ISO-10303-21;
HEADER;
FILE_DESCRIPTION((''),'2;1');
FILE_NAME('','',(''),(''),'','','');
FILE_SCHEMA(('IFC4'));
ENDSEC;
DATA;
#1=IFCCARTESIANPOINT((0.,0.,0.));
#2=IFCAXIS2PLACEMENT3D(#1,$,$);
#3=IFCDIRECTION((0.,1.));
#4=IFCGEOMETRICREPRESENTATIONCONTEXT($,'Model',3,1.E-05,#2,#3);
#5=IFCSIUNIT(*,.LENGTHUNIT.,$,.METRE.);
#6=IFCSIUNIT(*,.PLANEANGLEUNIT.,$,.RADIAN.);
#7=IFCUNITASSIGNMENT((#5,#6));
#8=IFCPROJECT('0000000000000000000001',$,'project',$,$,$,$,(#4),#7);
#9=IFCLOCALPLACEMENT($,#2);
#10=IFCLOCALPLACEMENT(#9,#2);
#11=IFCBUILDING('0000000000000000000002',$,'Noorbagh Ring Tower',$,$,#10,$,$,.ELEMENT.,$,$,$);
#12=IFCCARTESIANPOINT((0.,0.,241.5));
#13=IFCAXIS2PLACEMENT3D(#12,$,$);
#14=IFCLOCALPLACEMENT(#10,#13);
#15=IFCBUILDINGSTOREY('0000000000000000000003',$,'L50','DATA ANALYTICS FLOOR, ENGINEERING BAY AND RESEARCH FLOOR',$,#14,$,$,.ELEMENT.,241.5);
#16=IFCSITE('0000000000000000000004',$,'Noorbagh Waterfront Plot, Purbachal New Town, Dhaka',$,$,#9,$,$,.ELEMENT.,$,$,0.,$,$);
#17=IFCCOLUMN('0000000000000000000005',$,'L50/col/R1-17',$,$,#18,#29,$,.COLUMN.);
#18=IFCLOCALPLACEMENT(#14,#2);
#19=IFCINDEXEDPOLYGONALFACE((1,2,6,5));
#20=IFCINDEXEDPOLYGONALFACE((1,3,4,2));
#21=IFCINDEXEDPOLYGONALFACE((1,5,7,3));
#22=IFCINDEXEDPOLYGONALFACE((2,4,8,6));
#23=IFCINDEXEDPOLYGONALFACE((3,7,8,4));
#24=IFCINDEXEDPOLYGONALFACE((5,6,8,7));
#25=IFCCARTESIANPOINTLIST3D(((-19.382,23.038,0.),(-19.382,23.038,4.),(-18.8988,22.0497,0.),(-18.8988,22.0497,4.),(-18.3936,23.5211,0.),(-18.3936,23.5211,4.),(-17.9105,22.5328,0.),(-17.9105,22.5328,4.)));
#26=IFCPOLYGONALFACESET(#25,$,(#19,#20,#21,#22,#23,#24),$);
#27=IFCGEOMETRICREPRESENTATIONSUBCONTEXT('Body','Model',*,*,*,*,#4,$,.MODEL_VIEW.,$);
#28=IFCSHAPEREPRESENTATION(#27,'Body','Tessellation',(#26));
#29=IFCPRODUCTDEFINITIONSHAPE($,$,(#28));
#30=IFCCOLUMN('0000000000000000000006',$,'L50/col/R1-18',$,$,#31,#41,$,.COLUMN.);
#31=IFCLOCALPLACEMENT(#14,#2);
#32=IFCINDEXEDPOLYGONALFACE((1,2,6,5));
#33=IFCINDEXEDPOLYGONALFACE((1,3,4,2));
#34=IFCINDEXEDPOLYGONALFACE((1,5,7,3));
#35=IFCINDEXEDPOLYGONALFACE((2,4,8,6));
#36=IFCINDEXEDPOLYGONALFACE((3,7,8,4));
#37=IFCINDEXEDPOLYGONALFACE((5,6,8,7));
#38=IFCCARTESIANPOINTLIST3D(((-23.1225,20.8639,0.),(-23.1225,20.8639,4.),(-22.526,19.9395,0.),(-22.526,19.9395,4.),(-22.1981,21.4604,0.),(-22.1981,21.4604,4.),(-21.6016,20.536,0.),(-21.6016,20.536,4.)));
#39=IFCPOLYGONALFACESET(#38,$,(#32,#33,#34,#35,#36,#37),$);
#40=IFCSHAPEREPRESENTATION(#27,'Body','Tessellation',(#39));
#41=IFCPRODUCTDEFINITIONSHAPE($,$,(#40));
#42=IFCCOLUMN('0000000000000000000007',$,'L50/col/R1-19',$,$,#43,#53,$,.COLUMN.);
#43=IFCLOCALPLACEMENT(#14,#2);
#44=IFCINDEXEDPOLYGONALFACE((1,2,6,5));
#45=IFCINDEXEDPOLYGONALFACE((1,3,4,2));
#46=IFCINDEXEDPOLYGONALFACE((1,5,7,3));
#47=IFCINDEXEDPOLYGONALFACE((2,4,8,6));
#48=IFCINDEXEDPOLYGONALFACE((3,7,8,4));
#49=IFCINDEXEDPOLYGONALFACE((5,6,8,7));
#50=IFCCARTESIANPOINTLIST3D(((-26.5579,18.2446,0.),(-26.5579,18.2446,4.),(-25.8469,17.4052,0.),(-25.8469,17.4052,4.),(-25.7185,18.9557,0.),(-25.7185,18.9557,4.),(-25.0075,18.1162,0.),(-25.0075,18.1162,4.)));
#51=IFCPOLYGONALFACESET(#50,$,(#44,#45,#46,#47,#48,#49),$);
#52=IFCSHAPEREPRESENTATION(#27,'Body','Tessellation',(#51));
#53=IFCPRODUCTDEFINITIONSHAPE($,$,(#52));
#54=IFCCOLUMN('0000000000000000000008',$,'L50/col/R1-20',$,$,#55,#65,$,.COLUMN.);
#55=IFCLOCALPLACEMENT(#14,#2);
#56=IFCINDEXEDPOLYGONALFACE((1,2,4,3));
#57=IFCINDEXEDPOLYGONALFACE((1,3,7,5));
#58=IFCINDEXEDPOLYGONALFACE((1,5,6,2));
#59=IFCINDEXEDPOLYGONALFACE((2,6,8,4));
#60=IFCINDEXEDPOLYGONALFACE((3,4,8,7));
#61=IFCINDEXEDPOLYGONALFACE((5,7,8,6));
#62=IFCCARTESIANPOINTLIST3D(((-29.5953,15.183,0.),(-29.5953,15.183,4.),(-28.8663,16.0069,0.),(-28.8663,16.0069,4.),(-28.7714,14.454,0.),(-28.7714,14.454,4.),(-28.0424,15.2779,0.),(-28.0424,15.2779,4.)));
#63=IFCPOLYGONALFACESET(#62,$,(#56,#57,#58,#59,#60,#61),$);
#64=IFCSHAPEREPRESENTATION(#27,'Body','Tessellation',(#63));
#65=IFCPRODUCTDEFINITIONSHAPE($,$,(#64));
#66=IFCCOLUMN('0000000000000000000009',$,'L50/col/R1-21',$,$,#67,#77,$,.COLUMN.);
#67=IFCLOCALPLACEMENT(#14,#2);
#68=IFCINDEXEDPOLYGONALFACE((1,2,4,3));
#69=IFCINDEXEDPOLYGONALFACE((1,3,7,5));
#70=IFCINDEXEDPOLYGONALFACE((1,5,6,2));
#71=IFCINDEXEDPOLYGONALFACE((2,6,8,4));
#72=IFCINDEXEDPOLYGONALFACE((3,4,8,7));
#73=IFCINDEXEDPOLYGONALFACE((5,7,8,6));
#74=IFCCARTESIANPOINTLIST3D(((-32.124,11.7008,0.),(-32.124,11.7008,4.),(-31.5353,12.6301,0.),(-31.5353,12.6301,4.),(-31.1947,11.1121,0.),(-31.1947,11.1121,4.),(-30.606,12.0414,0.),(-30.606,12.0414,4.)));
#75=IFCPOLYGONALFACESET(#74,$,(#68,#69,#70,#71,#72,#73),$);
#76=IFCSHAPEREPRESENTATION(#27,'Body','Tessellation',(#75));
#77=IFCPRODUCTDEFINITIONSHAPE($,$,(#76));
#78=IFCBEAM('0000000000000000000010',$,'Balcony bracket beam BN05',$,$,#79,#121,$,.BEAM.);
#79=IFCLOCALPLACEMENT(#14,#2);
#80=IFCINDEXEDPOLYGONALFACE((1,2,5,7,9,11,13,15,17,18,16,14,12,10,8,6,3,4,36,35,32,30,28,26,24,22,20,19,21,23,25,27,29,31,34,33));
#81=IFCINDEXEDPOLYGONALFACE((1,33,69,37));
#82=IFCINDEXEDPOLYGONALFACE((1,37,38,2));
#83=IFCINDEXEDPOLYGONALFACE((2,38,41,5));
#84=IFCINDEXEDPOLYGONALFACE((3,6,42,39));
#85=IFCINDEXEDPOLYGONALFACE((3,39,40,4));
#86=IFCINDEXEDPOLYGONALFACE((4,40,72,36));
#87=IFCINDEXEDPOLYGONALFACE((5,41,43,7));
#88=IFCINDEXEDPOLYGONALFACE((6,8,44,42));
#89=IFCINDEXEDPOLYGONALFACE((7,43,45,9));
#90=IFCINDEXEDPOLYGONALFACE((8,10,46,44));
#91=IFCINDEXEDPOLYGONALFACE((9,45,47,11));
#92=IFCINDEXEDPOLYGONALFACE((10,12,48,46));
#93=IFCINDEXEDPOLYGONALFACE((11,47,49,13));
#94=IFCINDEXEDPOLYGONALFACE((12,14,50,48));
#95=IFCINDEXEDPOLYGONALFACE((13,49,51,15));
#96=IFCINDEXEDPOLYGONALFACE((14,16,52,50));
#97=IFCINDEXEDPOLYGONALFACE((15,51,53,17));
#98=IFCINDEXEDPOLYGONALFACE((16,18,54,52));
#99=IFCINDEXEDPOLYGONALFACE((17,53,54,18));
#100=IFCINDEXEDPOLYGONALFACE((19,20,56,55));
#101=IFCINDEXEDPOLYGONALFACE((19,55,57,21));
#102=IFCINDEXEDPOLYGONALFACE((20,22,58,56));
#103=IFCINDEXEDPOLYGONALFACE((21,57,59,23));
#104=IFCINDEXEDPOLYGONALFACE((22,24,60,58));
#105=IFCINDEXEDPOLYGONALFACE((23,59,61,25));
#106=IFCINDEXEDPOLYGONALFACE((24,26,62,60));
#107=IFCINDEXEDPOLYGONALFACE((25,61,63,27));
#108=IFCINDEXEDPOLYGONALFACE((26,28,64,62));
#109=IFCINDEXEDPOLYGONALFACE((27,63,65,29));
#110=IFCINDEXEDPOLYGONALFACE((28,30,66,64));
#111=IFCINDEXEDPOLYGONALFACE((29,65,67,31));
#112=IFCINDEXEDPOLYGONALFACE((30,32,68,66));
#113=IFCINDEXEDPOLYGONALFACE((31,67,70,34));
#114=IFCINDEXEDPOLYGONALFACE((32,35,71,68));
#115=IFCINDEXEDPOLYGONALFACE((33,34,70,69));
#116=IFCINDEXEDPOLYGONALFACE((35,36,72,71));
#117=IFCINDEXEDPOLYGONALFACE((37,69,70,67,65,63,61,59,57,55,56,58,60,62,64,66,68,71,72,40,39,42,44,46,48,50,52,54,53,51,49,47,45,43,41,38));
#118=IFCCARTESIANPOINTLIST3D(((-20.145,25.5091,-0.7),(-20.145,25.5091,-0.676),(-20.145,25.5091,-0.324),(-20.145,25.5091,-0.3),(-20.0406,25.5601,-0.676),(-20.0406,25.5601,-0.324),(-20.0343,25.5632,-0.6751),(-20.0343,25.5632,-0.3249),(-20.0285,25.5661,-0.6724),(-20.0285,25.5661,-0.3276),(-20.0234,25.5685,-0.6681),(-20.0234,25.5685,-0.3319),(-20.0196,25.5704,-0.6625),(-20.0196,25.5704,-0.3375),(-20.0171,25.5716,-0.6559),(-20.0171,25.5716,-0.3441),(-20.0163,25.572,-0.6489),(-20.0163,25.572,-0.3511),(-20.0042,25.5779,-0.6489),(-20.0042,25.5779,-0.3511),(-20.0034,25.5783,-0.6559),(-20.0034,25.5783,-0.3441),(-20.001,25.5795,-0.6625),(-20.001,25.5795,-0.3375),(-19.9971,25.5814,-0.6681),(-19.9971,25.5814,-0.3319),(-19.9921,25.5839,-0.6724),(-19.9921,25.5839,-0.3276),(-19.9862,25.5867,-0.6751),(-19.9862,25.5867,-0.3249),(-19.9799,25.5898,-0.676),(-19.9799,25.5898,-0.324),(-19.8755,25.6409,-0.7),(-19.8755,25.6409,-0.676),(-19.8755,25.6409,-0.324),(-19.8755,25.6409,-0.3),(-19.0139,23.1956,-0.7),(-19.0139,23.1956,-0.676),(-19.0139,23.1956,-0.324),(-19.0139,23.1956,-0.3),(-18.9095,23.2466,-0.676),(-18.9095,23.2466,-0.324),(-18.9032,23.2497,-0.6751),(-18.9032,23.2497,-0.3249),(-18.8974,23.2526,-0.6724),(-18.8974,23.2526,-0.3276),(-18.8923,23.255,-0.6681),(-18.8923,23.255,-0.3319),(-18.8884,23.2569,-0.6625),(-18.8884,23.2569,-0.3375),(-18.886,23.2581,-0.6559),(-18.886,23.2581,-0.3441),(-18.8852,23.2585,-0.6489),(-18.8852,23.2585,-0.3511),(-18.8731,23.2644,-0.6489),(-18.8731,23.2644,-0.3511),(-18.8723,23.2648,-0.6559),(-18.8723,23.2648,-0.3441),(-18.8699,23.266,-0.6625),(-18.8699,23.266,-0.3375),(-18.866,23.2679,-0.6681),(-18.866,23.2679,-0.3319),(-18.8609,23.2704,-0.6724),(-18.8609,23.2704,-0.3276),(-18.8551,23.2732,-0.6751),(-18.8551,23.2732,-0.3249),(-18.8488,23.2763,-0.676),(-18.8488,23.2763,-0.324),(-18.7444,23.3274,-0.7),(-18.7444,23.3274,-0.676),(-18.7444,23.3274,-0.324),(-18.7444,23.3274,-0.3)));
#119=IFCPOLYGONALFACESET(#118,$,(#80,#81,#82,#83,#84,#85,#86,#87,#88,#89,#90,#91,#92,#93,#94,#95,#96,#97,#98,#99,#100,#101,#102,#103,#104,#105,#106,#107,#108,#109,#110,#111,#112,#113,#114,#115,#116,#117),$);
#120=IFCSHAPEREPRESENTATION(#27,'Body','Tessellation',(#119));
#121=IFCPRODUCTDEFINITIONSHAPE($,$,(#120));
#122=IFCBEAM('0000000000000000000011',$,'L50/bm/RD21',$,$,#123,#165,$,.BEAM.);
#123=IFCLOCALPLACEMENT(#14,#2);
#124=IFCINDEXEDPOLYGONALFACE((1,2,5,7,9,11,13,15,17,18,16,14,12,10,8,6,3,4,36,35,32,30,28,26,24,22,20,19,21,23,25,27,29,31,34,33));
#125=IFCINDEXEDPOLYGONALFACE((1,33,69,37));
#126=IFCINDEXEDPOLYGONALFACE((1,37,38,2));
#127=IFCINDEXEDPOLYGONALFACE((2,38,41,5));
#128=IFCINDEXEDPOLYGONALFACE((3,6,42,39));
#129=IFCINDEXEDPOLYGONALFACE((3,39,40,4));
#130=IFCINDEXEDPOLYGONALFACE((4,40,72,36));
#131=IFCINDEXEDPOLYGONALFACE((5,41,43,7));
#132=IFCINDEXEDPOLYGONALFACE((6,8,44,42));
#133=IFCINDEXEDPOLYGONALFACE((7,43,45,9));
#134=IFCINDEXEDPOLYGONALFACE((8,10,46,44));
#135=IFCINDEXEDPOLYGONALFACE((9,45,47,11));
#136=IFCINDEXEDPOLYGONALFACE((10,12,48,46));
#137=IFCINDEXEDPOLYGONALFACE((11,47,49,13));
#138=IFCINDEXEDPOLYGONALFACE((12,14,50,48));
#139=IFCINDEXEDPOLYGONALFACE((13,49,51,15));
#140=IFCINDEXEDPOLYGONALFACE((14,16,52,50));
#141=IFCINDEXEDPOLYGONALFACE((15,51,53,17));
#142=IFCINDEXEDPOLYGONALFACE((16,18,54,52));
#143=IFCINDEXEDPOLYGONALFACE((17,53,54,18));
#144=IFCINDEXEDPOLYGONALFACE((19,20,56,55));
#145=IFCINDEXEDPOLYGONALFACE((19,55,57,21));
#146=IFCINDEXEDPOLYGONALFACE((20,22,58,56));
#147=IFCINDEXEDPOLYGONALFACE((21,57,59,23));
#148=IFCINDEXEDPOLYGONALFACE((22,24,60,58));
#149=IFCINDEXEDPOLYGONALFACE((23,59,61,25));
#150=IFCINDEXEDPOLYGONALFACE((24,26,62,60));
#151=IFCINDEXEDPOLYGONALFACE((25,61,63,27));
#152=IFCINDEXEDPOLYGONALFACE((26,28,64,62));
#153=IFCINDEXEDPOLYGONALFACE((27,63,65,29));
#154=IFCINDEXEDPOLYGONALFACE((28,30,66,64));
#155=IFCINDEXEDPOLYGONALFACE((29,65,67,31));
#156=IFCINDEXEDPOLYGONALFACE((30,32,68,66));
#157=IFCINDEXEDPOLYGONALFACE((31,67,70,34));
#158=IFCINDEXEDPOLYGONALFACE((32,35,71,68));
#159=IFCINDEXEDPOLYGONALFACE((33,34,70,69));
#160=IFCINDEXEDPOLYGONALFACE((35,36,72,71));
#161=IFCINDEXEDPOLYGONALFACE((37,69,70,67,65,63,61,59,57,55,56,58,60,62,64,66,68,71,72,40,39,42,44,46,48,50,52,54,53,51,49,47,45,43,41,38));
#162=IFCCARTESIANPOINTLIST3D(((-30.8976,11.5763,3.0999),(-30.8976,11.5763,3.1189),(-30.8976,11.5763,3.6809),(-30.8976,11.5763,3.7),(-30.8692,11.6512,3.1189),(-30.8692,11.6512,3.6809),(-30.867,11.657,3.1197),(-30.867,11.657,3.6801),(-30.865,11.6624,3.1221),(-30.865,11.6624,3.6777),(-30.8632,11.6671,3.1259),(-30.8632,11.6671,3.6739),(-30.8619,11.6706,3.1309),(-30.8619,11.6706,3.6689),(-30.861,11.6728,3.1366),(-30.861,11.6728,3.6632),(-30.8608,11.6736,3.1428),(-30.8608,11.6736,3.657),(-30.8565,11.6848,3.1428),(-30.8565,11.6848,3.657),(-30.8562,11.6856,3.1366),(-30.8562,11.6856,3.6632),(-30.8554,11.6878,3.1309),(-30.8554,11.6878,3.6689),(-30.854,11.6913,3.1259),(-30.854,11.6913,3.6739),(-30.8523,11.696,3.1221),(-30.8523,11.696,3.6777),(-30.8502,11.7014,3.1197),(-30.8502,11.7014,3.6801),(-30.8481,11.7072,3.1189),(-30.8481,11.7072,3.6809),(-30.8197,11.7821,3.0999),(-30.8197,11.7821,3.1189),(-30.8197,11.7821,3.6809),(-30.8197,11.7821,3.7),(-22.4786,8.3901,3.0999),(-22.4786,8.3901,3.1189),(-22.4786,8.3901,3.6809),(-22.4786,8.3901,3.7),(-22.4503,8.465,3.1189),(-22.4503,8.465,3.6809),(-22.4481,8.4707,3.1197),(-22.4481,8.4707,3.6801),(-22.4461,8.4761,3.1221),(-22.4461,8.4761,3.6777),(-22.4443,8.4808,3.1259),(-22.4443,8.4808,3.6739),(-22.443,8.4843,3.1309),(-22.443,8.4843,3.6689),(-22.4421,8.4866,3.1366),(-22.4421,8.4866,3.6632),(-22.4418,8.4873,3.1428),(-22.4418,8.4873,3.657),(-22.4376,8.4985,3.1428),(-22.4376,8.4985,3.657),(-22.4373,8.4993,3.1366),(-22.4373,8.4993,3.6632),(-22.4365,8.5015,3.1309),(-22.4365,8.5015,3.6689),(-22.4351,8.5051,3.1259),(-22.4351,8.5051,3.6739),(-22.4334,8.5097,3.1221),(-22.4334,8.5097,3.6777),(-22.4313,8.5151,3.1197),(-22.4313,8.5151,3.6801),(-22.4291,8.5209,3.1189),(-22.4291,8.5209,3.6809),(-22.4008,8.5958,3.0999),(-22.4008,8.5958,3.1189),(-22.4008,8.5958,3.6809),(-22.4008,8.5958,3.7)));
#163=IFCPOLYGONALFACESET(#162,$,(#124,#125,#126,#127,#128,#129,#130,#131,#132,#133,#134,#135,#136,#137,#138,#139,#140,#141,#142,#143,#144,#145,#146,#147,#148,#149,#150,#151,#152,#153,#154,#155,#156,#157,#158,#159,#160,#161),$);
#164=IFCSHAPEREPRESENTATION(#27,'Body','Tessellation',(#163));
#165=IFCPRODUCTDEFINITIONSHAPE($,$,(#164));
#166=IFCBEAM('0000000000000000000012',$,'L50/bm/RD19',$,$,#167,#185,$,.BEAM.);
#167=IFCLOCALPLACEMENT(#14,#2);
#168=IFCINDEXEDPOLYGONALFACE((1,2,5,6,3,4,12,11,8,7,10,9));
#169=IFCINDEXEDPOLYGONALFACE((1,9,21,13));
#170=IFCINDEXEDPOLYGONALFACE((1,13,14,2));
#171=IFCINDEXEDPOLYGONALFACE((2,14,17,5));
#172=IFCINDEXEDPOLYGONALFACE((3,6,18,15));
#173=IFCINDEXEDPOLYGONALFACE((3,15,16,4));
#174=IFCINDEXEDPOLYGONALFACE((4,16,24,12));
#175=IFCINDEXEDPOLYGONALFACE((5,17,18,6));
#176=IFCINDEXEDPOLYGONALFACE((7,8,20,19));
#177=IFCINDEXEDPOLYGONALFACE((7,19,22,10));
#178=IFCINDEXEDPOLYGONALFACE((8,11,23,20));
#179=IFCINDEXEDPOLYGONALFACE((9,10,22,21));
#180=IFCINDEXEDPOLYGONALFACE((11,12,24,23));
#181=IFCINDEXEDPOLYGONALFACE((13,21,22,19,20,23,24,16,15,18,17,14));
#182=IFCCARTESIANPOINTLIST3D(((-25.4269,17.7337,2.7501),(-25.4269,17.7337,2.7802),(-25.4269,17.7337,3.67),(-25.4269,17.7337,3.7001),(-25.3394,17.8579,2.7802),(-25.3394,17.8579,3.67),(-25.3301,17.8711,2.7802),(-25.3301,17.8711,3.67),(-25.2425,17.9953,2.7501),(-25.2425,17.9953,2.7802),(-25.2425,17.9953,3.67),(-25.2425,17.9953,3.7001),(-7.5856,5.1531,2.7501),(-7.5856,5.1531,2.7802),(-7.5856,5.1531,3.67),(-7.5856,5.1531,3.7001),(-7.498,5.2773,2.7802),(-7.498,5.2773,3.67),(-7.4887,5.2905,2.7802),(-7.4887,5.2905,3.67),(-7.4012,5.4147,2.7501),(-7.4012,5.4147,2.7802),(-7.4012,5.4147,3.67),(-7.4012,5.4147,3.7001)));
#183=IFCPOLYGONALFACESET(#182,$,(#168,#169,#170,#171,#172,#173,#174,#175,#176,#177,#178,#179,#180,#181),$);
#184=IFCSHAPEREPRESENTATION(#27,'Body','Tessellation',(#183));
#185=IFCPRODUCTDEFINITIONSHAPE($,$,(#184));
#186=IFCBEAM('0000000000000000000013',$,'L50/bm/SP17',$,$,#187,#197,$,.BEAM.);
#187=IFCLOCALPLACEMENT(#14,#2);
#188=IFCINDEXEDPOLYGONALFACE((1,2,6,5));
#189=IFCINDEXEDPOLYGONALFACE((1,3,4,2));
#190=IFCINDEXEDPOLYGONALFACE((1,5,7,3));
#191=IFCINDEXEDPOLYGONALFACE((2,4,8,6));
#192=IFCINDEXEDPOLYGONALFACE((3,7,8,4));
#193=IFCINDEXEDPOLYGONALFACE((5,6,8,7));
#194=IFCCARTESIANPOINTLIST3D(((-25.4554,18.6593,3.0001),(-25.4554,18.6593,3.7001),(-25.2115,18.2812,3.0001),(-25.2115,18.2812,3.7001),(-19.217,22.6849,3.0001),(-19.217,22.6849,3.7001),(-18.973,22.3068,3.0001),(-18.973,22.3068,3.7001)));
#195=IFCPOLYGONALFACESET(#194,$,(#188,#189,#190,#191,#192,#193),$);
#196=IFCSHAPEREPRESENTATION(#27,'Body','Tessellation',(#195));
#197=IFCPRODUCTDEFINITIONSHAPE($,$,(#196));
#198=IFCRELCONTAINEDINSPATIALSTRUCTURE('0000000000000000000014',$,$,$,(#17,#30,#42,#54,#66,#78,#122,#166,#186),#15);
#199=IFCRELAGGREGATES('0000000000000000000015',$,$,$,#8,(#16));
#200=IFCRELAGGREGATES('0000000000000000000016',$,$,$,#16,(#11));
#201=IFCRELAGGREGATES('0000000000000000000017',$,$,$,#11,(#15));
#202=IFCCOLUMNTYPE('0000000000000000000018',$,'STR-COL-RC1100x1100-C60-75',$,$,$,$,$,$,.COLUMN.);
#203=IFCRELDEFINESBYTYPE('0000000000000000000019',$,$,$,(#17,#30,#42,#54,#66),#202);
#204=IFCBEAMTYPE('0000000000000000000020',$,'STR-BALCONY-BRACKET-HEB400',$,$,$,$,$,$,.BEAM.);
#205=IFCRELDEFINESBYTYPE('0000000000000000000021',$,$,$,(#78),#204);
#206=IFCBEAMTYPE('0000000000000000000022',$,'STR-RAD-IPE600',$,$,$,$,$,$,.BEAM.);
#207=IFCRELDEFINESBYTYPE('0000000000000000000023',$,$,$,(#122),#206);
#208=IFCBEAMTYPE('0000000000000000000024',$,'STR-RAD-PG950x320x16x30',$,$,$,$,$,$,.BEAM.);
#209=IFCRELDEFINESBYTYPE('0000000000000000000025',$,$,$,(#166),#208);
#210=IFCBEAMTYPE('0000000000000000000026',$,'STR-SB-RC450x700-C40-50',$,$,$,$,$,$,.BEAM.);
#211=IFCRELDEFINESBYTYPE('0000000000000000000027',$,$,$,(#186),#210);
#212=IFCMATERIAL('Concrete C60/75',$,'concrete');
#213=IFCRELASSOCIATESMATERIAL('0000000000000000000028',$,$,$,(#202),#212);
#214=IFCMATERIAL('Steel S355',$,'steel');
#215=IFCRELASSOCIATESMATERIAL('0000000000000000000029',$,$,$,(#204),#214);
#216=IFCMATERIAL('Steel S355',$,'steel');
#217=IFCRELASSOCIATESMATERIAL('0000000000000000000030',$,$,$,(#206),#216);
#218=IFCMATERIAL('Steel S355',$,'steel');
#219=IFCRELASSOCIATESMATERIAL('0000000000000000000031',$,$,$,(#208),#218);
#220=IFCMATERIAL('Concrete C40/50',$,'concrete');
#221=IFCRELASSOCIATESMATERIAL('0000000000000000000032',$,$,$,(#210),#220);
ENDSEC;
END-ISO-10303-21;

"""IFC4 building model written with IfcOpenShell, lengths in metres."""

from ifc_helpers import new_model, si_unit, direction, frame, origin, origin_2d, place, context, subcontext, project, spatial, rectangle, i_section, extrude, material, material_profile, profile_set, type_object, element, save


model = new_model("IFC4")

# Units and contexts
model_context = context("Model", 3, precision=1e-05, world=origin(), true_north=direction((0.0, 1.0)))
body_context = subcontext(model_context, "Body", "Model", "MODEL_VIEW")
ifc_project = project(units=[si_unit("LENGTHUNIT", "METRE"), si_unit("PLANEANGLEUNIT", "RADIAN")], contexts=[model_context])

# Site, building, storey
site_placement = place(None, origin())
site = spatial("IfcSite", under=ifc_project, at=site_placement, Name="Noorbagh Waterfront Plot, Purbachal New Town, Dhaka", CompositionType="ELEMENT", RefElevation=0.0)
building_placement = place(site_placement, origin())
building = spatial("IfcBuilding", under=site, at=building_placement, Name="Noorbagh Ring Tower", CompositionType="ELEMENT")
storey_placement = place(building_placement, frame((0.0, 0.0, 241.5)))
storey = spatial("IfcBuildingStorey", under=building, at=storey_placement, Name="L50", Description="DATA ANALYTICS FLOOR, ENGINEERING BAY AND RESEARCH FLOOR", CompositionType="ELEMENT", Elevation=241.5)

# Columns
ifc_material_1 = material(Name="Concrete C60/75", Category="concrete")
ifc_material_profile_1 = material_profile(ifc_material_1, rectangle(XDim=1.1001, YDim=1.1001, at=origin_2d()), Name="RC1100x1100")
ifc_profile_set_1 = profile_set([ifc_material_profile_1], Name="Concrete C60/75")
column_type = type_object("IfcColumnType", Name="STR-COL-RC1100x1100-C60-75", PredefinedType="COLUMN", material=ifc_profile_set_1)
for number, where, z_axis, x_axis, name in (
    (1, (-18.6462, 22.7854, 0.0), (0.0, 0.0, 1.0), (-0.898399, -0.43918, 0.0), "L50/col/R1-17"),
    (2, (-22.3621, 20.7, 0.0), (0.0, 0.0, 1.0), (-0.840248, -0.542203, 0.0), "L50/col/R1-18"),
    (3, (-25.7827, 18.1804, 0.0), (0.0, 0.0, 1.0), (-0.763035, -0.646357, 0.0), "L50/col/R1-19"),
    (4, (-28.8188, 15.2305, 0.0), (0.0, 0.0, 1.0), (-0.662636, -0.748942, 0.0), "L50/col/R1-20"),
    (5, (-31.365, 11.8711, 0.0), (0.0, 0.0, 1.0), (-0.53519, -0.844731, 0.0), "L50/col/R1-21"),
):
    element("IfcColumn", number, at=place(storey_placement, frame(where, z_axis=z_axis, x_axis=x_axis)), inside=storey, type_object=column_type, Name=name, PredefinedType="COLUMN", context=body_context, shape_type="SweptSolid", body=[
        extrude(rectangle(XDim=1.1001, YDim=1.1001, at=origin_2d()), origin(), (0.0, 0.0, 1.0), 4.0),
    ])

# Beams
ifc_material_2 = material(Name="Steel S355", Category="steel")
ifc_material_profile_2 = material_profile(ifc_material_2, i_section(OverallWidth=0.3, OverallDepth=0.3999, WebThickness=0.0134, FlangeThickness=0.0239, FilletRadius=0.0271, at=origin_2d()), Name="HEB400")
ifc_profile_set_2 = profile_set([ifc_material_profile_2], Name="Steel S355")
beam_type_1 = type_object("IfcBeamType", Name="STR-BALCONY-BRACKET-HEB400", PredefinedType="BEAM", material=ifc_profile_set_2)
beam_1_placement = place(storey_placement, frame((-18.8792, 23.2615, -0.5), z_axis=(-0.439232, 0.898374, 0.0), x_axis=(-0.898374, -0.439232, 0.0)))
element("IfcBeam", 6, at=beam_1_placement, inside=storey, type_object=beam_type_1, Name="Balcony bracket beam BN05", PredefinedType="BEAM", context=body_context, shape_type="SweptSolid", body=[
    extrude(i_section(OverallWidth=0.3, OverallDepth=0.3999, WebThickness=0.0134, FlangeThickness=0.0239, FilletRadius=0.0271, at=origin_2d()), origin(), (0.0, 0.0, 1.0), 2.5752),
])
ifc_material_3 = material(Name="Steel S355", Category="steel")
ifc_material_profile_3 = material_profile(ifc_material_3, i_section(OverallWidth=0.22, OverallDepth=0.6001, WebThickness=0.012, FlangeThickness=0.019, FilletRadius=0.0239, at=origin_2d()), Name="IPE600")
ifc_profile_set_3 = profile_set([ifc_material_profile_3], Name="Steel S355")
beam_type_2 = type_object("IfcBeamType", Name="STR-RAD-IPE600", PredefinedType="BEAM", material=ifc_profile_set_3)
beam_2_placement = place(storey_placement, frame((-30.8586, 11.6792, 3.3999), z_axis=(0.935259, -0.353963, 0.0), x_axis=(0.353963, 0.935259, 0.0)))
element("IfcBeam", 7, at=beam_2_placement, inside=storey, type_object=beam_type_2, Name="L50/bm/RD21", PredefinedType="BEAM", context=body_context, shape_type="SweptSolid", body=[
    extrude(i_section(OverallWidth=0.22, OverallDepth=0.6001, WebThickness=0.012, FlangeThickness=0.019, FilletRadius=0.0239, at=origin_2d()), origin(), (0.0, 0.0, 1.0), 9.0017),
])
ifc_material_4 = material(Name="Steel S355", Category="steel")
ifc_material_profile_4 = material_profile(ifc_material_4, i_section(OverallWidth=0.3201, OverallDepth=0.95, WebThickness=0.0161, FlangeThickness=0.03, at=origin_2d()), Name="PG950x320x16x30")
ifc_profile_set_4 = profile_set([ifc_material_profile_4], Name="Steel S355")
beam_type_3 = type_object("IfcBeamType", Name="STR-RAD-PG950x320x16x30", PredefinedType="BEAM", material=ifc_profile_set_4)
beam_3_placement = place(storey_placement, frame((-25.3347, 17.8645, 3.2251), z_axis=(0.817255, -0.576277, 0.0), x_axis=(0.576277, 0.817255, 0.0)))
element("IfcBeam", 8, at=beam_3_placement, inside=storey, type_object=beam_type_3, Name="L50/bm/RD19", PredefinedType="BEAM", context=body_context, shape_type="SweptSolid", body=[
    extrude(i_section(OverallWidth=0.3201, OverallDepth=0.95, WebThickness=0.0161, FlangeThickness=0.03, at=origin_2d()), origin(), (0.0, 0.0, 1.0), 21.8308),
])
ifc_material_5 = material(Name="Concrete C40/50", Category="concrete")
ifc_material_profile_5 = material_profile(ifc_material_5, rectangle(XDim=0.45, YDim=0.7, at=origin_2d()), Name="RC450x700")
ifc_profile_set_5 = profile_set([ifc_material_profile_5], Name="Concrete C40/50")
beam_type_4 = type_object("IfcBeamType", Name="STR-SB-RC450x700-C40-50", PredefinedType="BEAM", material=ifc_profile_set_5)
beam_4_placement = place(storey_placement, frame((-19.095, 22.4958, 3.3501), z_axis=(-0.840249, -0.542201, 0.0), x_axis=(0.542201, -0.840249, 0.0)))
element("IfcBeam", 9, at=beam_4_placement, inside=storey, type_object=beam_type_4, Name="L50/bm/SP17", PredefinedType="BEAM", context=body_context, shape_type="SweptSolid", body=[
    extrude(rectangle(XDim=0.45, YDim=0.7, at=origin_2d()), origin(), (0.0, 0.0, 1.0), 7.4246),
])

save(model, "model.ifc")
